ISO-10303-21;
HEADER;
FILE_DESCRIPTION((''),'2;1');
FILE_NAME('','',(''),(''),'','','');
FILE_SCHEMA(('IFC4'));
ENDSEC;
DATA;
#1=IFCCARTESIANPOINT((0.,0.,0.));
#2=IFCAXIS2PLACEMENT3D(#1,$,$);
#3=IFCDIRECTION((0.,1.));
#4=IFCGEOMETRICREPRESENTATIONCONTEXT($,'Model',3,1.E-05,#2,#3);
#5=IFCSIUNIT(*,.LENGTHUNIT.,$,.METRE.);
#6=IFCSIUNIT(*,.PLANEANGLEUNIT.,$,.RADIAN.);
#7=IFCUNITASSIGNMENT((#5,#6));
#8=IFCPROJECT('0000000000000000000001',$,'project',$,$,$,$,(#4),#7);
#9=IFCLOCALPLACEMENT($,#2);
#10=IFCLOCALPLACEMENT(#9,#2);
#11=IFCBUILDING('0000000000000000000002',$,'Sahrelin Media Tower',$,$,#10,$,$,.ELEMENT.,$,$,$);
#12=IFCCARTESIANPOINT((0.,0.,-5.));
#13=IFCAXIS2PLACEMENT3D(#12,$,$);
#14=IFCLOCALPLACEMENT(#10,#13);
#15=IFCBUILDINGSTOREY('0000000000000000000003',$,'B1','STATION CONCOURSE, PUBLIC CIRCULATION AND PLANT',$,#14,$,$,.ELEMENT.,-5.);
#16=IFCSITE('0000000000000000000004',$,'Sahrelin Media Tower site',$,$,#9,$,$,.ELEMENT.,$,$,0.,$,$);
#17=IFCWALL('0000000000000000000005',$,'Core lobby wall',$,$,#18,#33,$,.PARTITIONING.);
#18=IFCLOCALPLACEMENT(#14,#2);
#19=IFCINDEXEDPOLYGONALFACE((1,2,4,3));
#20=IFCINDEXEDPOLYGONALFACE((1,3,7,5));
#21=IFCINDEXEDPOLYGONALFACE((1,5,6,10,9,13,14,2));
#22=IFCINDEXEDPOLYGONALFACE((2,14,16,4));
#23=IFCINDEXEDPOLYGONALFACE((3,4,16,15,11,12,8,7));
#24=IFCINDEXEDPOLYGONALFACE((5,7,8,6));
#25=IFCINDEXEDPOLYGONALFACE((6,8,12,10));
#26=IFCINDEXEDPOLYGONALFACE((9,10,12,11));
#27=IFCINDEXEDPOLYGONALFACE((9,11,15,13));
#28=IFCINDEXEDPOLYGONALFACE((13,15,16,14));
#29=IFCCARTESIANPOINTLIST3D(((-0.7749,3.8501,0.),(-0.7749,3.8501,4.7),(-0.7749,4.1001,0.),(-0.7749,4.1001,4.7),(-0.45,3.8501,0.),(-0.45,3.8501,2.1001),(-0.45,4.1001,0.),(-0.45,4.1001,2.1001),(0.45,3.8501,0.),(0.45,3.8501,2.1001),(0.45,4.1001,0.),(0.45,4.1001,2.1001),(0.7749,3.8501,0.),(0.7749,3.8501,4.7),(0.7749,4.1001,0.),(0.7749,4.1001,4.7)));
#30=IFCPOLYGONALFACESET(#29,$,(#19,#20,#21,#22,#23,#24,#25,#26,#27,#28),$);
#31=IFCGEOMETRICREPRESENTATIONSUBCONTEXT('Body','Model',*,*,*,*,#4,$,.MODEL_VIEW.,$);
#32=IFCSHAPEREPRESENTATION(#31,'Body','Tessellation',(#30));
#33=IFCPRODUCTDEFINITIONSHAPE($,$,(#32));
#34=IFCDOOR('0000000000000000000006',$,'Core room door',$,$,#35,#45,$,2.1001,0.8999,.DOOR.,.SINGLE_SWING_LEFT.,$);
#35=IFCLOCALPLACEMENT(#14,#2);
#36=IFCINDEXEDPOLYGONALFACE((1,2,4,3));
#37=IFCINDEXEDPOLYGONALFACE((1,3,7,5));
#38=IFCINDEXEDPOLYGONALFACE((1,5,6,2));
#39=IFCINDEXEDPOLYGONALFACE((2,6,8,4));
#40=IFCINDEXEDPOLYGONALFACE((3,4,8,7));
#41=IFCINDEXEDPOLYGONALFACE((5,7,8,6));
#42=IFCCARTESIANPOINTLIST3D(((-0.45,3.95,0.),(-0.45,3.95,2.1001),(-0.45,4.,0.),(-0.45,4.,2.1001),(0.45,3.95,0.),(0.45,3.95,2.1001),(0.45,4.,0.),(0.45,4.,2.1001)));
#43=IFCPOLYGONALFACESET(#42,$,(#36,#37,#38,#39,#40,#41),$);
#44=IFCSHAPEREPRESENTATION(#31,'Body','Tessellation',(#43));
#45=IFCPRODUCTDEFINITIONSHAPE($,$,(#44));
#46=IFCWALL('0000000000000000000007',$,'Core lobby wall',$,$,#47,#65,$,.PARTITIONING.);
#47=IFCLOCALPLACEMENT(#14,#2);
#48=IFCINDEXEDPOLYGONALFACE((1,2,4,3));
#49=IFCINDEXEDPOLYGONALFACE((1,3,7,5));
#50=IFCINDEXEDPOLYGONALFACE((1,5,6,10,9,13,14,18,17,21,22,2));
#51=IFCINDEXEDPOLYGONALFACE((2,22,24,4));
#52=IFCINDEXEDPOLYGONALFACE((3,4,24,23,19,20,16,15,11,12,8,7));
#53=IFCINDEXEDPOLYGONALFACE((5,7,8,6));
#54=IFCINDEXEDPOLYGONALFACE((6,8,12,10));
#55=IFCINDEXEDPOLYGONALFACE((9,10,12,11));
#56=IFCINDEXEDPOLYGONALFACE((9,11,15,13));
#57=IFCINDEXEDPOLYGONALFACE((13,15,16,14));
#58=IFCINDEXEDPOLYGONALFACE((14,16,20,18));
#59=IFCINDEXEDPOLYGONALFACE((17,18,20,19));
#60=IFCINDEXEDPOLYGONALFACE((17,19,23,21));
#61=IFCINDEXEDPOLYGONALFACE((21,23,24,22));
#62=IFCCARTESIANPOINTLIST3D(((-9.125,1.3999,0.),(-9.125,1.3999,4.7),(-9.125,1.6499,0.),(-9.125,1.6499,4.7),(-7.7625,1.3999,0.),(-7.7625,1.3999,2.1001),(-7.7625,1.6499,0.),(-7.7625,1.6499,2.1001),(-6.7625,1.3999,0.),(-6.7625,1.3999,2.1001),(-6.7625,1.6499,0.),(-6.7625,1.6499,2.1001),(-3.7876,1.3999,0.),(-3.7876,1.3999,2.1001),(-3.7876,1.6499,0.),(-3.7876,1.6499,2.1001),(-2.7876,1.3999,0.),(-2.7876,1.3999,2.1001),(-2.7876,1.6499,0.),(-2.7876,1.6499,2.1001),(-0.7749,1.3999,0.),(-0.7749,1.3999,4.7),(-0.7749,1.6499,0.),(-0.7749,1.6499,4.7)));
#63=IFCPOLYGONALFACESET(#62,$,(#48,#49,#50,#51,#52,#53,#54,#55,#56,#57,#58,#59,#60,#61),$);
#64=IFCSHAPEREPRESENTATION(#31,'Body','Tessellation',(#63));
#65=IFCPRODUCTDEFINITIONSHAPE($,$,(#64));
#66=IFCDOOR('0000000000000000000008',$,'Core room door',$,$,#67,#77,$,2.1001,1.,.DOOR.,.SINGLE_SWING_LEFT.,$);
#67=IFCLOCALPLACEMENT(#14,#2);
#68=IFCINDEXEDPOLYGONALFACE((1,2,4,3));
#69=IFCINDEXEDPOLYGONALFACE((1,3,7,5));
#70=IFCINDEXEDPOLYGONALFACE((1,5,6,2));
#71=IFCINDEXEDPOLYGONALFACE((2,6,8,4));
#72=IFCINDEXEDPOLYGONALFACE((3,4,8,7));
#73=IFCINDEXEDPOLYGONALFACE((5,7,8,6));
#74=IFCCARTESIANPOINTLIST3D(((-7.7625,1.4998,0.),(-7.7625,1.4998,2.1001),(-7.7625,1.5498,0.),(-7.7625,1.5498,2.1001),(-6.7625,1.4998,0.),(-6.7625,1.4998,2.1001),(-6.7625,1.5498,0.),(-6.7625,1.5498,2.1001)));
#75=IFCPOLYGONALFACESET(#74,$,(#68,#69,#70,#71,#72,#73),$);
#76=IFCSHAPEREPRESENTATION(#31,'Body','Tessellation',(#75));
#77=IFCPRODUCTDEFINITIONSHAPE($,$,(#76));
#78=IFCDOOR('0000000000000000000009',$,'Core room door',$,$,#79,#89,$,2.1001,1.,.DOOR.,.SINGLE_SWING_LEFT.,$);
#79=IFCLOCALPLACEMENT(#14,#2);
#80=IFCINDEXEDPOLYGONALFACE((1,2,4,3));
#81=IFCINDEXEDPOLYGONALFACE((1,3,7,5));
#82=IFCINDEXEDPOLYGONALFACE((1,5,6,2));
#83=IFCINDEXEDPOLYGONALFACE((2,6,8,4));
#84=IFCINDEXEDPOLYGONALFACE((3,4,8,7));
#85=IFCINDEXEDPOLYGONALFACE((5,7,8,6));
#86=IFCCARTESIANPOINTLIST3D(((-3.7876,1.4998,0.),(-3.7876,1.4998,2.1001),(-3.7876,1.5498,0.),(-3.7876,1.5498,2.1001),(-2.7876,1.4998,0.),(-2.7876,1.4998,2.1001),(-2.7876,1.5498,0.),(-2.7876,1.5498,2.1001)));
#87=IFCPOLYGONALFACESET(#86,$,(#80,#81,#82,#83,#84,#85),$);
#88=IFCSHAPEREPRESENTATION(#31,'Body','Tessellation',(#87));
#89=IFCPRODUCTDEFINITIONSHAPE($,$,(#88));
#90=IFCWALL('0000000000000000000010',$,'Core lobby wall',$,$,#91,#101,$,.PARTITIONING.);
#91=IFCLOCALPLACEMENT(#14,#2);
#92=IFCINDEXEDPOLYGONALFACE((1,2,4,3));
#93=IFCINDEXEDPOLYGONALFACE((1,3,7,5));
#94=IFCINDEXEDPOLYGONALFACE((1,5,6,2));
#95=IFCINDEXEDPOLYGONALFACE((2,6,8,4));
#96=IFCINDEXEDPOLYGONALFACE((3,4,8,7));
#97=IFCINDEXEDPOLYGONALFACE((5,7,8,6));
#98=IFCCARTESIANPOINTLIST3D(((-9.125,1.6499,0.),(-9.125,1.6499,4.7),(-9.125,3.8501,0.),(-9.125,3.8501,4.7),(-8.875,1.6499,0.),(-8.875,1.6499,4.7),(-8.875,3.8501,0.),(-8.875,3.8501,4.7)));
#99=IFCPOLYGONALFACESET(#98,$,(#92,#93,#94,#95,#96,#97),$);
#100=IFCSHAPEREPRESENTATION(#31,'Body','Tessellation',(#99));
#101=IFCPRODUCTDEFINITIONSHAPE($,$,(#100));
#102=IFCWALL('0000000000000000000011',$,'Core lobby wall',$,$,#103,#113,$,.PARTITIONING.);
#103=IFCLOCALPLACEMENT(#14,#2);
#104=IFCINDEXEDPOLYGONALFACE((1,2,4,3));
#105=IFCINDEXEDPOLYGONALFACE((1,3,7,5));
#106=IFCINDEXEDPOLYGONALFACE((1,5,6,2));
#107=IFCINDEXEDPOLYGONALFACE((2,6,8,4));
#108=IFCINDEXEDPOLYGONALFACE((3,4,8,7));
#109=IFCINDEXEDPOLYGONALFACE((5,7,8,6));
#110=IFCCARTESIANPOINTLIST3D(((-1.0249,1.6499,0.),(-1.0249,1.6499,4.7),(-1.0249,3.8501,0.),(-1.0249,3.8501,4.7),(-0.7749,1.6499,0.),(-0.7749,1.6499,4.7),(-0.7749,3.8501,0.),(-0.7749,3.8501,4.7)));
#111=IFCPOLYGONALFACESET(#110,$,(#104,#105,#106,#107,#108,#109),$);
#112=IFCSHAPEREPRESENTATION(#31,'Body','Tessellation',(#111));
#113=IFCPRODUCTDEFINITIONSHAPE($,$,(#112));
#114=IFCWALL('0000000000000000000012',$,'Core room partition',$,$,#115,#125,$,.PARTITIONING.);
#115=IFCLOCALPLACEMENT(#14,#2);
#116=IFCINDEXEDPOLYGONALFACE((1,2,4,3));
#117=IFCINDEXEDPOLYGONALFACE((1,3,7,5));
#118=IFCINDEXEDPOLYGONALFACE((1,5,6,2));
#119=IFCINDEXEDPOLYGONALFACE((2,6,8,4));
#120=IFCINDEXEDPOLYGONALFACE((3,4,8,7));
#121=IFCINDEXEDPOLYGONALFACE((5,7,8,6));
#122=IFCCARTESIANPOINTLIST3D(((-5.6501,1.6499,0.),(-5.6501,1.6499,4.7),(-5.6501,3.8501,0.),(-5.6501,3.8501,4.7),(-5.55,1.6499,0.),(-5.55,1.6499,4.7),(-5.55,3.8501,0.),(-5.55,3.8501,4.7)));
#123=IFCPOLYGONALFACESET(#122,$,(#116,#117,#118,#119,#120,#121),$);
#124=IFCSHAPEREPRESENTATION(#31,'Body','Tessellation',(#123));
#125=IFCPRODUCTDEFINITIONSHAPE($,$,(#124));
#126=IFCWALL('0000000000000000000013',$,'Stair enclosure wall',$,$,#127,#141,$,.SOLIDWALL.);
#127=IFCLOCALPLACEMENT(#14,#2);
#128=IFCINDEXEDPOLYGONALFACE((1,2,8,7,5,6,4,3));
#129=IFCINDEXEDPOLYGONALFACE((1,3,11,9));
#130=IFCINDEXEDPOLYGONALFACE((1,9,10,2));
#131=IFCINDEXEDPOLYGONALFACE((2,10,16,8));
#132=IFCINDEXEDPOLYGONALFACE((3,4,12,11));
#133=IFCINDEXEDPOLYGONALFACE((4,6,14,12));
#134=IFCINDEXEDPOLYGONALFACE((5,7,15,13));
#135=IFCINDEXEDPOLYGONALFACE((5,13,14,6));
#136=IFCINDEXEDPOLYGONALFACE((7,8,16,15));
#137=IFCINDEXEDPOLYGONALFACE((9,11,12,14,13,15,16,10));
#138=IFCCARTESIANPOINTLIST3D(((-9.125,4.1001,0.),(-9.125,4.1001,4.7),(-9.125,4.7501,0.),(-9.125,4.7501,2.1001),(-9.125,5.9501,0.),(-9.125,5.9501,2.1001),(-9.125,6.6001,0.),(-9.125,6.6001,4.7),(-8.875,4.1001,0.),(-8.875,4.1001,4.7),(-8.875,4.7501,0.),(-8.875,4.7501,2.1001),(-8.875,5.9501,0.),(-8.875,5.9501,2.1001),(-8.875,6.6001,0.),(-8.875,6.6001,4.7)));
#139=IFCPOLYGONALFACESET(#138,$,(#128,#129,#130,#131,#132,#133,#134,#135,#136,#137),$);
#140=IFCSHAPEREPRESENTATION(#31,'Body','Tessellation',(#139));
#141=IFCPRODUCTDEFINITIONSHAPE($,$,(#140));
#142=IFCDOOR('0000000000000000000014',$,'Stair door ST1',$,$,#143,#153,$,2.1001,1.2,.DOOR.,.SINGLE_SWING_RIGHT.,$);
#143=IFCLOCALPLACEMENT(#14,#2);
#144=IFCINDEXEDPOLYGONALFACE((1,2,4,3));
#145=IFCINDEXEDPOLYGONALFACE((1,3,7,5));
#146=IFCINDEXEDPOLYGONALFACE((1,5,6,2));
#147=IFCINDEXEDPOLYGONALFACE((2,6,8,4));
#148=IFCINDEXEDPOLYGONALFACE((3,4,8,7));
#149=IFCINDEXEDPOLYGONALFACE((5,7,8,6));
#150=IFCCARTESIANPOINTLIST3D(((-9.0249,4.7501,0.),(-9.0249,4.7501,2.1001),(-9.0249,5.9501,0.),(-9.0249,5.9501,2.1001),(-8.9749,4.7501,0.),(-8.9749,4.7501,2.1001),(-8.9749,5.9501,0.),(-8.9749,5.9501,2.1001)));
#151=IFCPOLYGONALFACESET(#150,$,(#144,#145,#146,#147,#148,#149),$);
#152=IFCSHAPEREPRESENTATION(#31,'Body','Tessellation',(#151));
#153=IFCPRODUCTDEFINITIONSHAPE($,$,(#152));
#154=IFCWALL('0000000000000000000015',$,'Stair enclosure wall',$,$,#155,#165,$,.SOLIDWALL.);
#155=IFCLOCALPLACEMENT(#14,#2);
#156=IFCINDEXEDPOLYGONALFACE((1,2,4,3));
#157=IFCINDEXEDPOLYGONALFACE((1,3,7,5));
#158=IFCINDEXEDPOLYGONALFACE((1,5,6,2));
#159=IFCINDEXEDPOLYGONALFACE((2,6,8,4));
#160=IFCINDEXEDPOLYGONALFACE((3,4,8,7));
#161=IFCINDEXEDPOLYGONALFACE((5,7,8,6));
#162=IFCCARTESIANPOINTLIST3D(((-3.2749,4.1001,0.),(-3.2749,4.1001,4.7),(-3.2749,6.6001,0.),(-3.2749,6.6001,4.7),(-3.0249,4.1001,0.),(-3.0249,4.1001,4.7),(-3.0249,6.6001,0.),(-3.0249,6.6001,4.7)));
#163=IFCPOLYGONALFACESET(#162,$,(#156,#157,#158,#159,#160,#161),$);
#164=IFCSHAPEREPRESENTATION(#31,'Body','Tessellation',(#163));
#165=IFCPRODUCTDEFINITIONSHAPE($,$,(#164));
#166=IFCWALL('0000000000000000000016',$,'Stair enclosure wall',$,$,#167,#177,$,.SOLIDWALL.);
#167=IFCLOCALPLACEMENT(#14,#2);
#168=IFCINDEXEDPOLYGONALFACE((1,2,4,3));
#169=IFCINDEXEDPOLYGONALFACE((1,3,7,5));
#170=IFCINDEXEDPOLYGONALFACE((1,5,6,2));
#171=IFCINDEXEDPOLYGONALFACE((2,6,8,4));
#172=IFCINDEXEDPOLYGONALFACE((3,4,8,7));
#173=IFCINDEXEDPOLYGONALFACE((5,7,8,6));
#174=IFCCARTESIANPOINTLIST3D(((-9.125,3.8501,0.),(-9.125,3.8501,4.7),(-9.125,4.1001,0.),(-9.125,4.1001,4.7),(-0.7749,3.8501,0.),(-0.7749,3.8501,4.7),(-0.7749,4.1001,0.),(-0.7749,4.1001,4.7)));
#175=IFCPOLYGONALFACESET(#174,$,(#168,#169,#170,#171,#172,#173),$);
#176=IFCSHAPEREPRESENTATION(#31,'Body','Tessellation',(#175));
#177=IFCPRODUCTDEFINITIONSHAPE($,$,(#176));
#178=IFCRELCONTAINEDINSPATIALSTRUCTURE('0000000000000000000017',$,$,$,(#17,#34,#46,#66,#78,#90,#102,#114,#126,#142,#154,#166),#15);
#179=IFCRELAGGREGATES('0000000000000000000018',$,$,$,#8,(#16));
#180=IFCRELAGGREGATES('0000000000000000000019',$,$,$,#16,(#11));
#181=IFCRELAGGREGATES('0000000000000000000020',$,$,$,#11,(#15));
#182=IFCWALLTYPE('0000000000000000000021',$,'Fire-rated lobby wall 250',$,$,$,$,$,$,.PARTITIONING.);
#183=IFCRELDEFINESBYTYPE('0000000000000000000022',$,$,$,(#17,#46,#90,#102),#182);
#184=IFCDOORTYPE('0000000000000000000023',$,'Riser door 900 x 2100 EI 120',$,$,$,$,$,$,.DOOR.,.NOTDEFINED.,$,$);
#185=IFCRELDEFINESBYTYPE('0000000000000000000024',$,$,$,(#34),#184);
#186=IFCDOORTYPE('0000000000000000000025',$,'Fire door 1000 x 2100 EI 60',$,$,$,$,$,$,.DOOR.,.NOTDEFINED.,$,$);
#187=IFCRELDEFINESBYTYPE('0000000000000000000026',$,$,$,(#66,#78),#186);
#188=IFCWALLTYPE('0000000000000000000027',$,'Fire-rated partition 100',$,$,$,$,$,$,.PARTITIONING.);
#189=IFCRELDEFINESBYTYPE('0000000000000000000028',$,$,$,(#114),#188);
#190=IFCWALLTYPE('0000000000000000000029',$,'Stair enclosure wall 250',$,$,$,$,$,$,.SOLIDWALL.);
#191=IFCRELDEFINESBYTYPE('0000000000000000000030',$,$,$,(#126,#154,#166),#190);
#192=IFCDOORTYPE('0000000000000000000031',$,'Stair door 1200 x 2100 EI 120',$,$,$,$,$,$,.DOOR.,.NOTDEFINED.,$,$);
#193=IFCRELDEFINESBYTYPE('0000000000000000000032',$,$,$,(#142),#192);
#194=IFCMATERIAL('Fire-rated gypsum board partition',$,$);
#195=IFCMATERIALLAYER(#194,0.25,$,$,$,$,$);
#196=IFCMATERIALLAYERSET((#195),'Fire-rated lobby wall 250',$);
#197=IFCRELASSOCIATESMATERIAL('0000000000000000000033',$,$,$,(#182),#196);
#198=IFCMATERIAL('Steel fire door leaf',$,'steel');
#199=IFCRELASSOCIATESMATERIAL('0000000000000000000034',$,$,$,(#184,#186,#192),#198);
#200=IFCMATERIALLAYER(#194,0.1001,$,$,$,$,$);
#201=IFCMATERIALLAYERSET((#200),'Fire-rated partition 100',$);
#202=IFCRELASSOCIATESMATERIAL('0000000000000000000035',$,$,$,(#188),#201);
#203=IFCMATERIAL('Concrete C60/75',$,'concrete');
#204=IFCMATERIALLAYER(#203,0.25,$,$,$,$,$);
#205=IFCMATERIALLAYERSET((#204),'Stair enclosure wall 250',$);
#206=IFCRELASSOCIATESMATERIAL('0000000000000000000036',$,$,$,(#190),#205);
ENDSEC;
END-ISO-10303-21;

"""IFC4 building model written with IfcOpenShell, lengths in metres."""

from ifc_helpers import new_model, si_unit, direction, frame, frame_2d, origin, place, context, subcontext, project, spatial, rectangle, extrude, material, layer, layer_set, type_object, element, fill, save


model = new_model("IFC4")

# Units and contexts
model_context = context("Model", 3, precision=1e-05, world=origin(), true_north=direction((0.0, 1.0)))
body_context = subcontext(model_context, "Body", "Model", "MODEL_VIEW")
ifc_project = project(units=[si_unit("LENGTHUNIT", "METRE"), si_unit("PLANEANGLEUNIT", "RADIAN")], contexts=[model_context])

# Site, building, storey
site_placement = place(None, origin())
site = spatial("IfcSite", under=ifc_project, at=site_placement, Name="Sahrelin Media Tower site", CompositionType="ELEMENT", RefElevation=0.0)
building_placement = place(site_placement, origin())
building = spatial("IfcBuilding", under=site, at=building_placement, Name="Sahrelin Media Tower", CompositionType="ELEMENT")
storey_placement = place(building_placement, frame((0.0, 0.0, -5.0)))
storey = spatial("IfcBuildingStorey", under=building, at=storey_placement, Name="B1", Description="STATION CONCOURSE, PUBLIC CIRCULATION AND PLANT", CompositionType="ELEMENT", Elevation=-5.0)

# Shared definitions
ifc_material_1 = material(Name="Concrete C60/75", Category="concrete")

# Wall, opening, door
ifc_material_2 = material(Name="Fire-rated gypsum board partition")
ifc_layer_1 = layer(ifc_material_2, 0.25)
ifc_layer_set_1 = layer_set([ifc_layer_1], Name="Fire-rated lobby wall 250")
wall_type_1 = type_object("IfcWallType", Name="Fire-rated lobby wall 250", PredefinedType="PARTITIONING", material=ifc_layer_set_1)
wall_1_placement = place(storey_placement, frame((-0.7749, 3.9751, 0.0), z_axis=(0.0, 0.0, 1.0), x_axis=(1.0, 0.0, 0.0)))
wall_1 = element("IfcWall", 1, at=wall_1_placement, inside=storey, type_object=wall_type_1, Name="Core lobby wall", PredefinedType="PARTITIONING", context=body_context, shape_type="SweptSolid", body=[
    extrude(rectangle(XDim=1.5498, YDim=0.25, at=frame_2d((0.7749, 0.0))), origin(), (0.0, 0.0, 1.0), 4.7),
])
opening_1_placement = place(wall_1_placement, frame((0.325, 0.0, 0.0)))
opening_1 = element("IfcOpeningElement", 2, at=opening_1_placement, cuts=wall_1, PredefinedType="OPENING", context=body_context, shape_type="SweptSolid", body=[
    extrude(rectangle(XDim=0.8999, YDim=2.1001, at=frame_2d((0.45, 1.05))), frame((0.0, 0.125, 0.0), z_axis=(0.0, -1.0, 0.0), x_axis=(1.0, 0.0, 0.0)), (0.0, 0.0, 1.0), 0.25),
])
ifc_material_3 = material(Name="Steel fire door leaf", Category="steel")
door_type_1 = type_object("IfcDoorType", Name="Riser door 900 x 2100 EI 120", OperationType="NOTDEFINED", PredefinedType="DOOR", material=ifc_material_3)
door_1_placement = place(opening_1_placement, origin())
door_1 = element("IfcDoor", 3, at=door_1_placement, inside=storey, type_object=door_type_1, Name="Core room door", OperationType="SINGLE_SWING_LEFT", OverallHeight=2.1001, OverallWidth=0.8999, PredefinedType="DOOR", context=body_context, shape_type="SweptSolid", body=[
    extrude(rectangle(XDim=0.8999, YDim=2.1001, at=frame_2d((0.45, 1.05))), frame((0.0, 0.0249, 0.0), z_axis=(0.0, -1.0, 0.0), x_axis=(1.0, 0.0, 0.0)), (0.0, 0.0, 1.0), 0.05),
])
fill(opening_1, door_1)

# Wall, openings, doors
wall_2_placement = place(storey_placement, frame((-9.125, 1.5249, 0.0), z_axis=(0.0, 0.0, 1.0), x_axis=(1.0, 0.0, 0.0)))
wall_2 = element("IfcWall", 4, at=wall_2_placement, inside=storey, type_object=wall_type_1, Name="Core lobby wall", PredefinedType="PARTITIONING", context=body_context, shape_type="SweptSolid", body=[
    extrude(rectangle(XDim=8.3501, YDim=0.25, at=frame_2d((4.175, 0.0))), origin(), (0.0, 0.0, 1.0), 4.7),
])
opening_2_placement = place(wall_2_placement, frame((1.3625, 0.0, 0.0)))
opening_2 = element("IfcOpeningElement", 5, at=opening_2_placement, cuts=wall_2, PredefinedType="OPENING", context=body_context, shape_type="SweptSolid", body=[
    extrude(rectangle(XDim=1.0, YDim=2.1001, at=frame_2d((0.5, 1.05))), frame((0.0, 0.125, 0.0), z_axis=(0.0, -1.0, 0.0), x_axis=(1.0, 0.0, 0.0)), (0.0, 0.0, 1.0), 0.25),
])
opening_3_placement = place(wall_2_placement, frame((5.3374, 0.0, 0.0)))
opening_3 = element("IfcOpeningElement", 6, at=opening_3_placement, cuts=wall_2, PredefinedType="OPENING", context=body_context, shape_type="SweptSolid", body=[
    extrude(rectangle(XDim=1.0, YDim=2.1001, at=frame_2d((0.5, 1.05))), frame((0.0, 0.125, 0.0), z_axis=(0.0, -1.0, 0.0), x_axis=(1.0, 0.0, 0.0)), (0.0, 0.0, 1.0), 0.25),
])
door_type_2 = type_object("IfcDoorType", Name="Fire door 1000 x 2100 EI 60", OperationType="NOTDEFINED", PredefinedType="DOOR", material=ifc_material_3)
door_2_placement = place(opening_2_placement, origin())
door_2 = element("IfcDoor", 7, at=door_2_placement, inside=storey, type_object=door_type_2, Name="Core room door", OperationType="SINGLE_SWING_LEFT", OverallHeight=2.1001, OverallWidth=1.0, PredefinedType="DOOR", context=body_context, shape_type="SweptSolid", body=[
    extrude(rectangle(XDim=1.0, YDim=2.1001, at=frame_2d((0.5, 1.05))), frame((0.0, 0.0249, 0.0), z_axis=(0.0, -1.0, 0.0), x_axis=(1.0, 0.0, 0.0)), (0.0, 0.0, 1.0), 0.05),
])
fill(opening_2, door_2)
door_3_placement = place(opening_3_placement, origin())
door_3 = element("IfcDoor", 8, at=door_3_placement, inside=storey, type_object=door_type_2, Name="Core room door", OperationType="SINGLE_SWING_LEFT", OverallHeight=2.1001, OverallWidth=1.0, PredefinedType="DOOR", context=body_context, shape_type="SweptSolid", body=[
    extrude(rectangle(XDim=1.0, YDim=2.1001, at=frame_2d((0.5, 1.05))), frame((0.0, 0.0249, 0.0), z_axis=(0.0, -1.0, 0.0), x_axis=(1.0, 0.0, 0.0)), (0.0, 0.0, 1.0), 0.05),
])
fill(opening_3, door_3)

# Walls
for number, where, z_axis, x_axis, name in (
    (9, (-9.0, 1.6499, 0.0), (0.0, 0.0, 1.0), (0.0, 1.0, 0.0), "Core lobby wall"),
    (10, (-0.8999, 1.6499, 0.0), (0.0, 0.0, 1.0), (0.0, 1.0, 0.0), "Core lobby wall"),
):
    element("IfcWall", number, at=place(storey_placement, frame(where, z_axis=z_axis, x_axis=x_axis)), inside=storey, type_object=wall_type_1, Name=name, PredefinedType="PARTITIONING", context=body_context, shape_type="SweptSolid", body=[
        extrude(rectangle(XDim=2.2002, YDim=0.25, at=frame_2d((1.1001, 0.0))), origin(), (0.0, 0.0, 1.0), 4.7),
    ])
ifc_layer_2 = layer(ifc_material_2, 0.1001)
ifc_layer_set_2 = layer_set([ifc_layer_2], Name="Fire-rated partition 100")
wall_type_2 = type_object("IfcWallType", Name="Fire-rated partition 100", PredefinedType="PARTITIONING", material=ifc_layer_set_2)
wall_3_placement = place(storey_placement, frame((-5.6001, 1.6499, 0.0), z_axis=(0.0, 0.0, 1.0), x_axis=(0.0, 1.0, 0.0)))
element("IfcWall", 11, at=wall_3_placement, inside=storey, type_object=wall_type_2, Name="Core room partition", PredefinedType="PARTITIONING", context=body_context, shape_type="SweptSolid", body=[
    extrude(rectangle(XDim=2.2002, YDim=0.1001, at=frame_2d((1.1001, 0.0))), origin(), (0.0, 0.0, 1.0), 4.7),
])

# Wall, opening, door
ifc_layer_3 = layer(ifc_material_1, 0.25)
ifc_layer_set_3 = layer_set([ifc_layer_3], Name="Stair enclosure wall 250")
wall_type_3 = type_object("IfcWallType", Name="Stair enclosure wall 250", PredefinedType="SOLIDWALL", material=ifc_layer_set_3)
wall_4_placement = place(storey_placement, frame((-9.0, 4.1001, 0.0), z_axis=(0.0, 0.0, 1.0), x_axis=(0.0, 1.0, 0.0)))
wall_4 = element("IfcWall", 12, at=wall_4_placement, inside=storey, type_object=wall_type_3, Name="Stair enclosure wall", PredefinedType="SOLIDWALL", context=body_context, shape_type="SweptSolid", body=[
    extrude(rectangle(XDim=2.5, YDim=0.25, at=frame_2d((1.25, 0.0))), origin(), (0.0, 0.0, 1.0), 4.7),
])
opening_4_placement = place(wall_4_placement, frame((0.6499, 0.0, 0.0)))
opening_4 = element("IfcOpeningElement", 13, at=opening_4_placement, cuts=wall_4, PredefinedType="OPENING", context=body_context, shape_type="SweptSolid", body=[
    extrude(rectangle(XDim=1.2, YDim=2.1001, at=frame_2d((0.6001, 1.05))), frame((0.0, 0.125, 0.0), z_axis=(0.0, -1.0, 0.0), x_axis=(1.0, 0.0, 0.0)), (0.0, 0.0, 1.0), 0.25),
])
door_type_3 = type_object("IfcDoorType", Name="Stair door 1200 x 2100 EI 120", OperationType="NOTDEFINED", PredefinedType="DOOR", material=ifc_material_3)
door_4_placement = place(opening_4_placement, origin())
door_4 = element("IfcDoor", 14, at=door_4_placement, inside=storey, type_object=door_type_3, Name="Stair door ST1", OperationType="SINGLE_SWING_RIGHT", OverallHeight=2.1001, OverallWidth=1.2, PredefinedType="DOOR", context=body_context, shape_type="SweptSolid", body=[
    extrude(rectangle(XDim=1.2, YDim=2.1001, at=frame_2d((0.6001, 1.05))), frame((0.0, 0.0249, 0.0), z_axis=(0.0, -1.0, 0.0), x_axis=(1.0, 0.0, 0.0)), (0.0, 0.0, 1.0), 0.05),
])
fill(opening_4, door_4)

# Walls
wall_5_placement = place(storey_placement, frame((-3.1499, 4.1001, 0.0), z_axis=(0.0, 0.0, 1.0), x_axis=(0.0, 1.0, 0.0)))
element("IfcWall", 15, at=wall_5_placement, inside=storey, type_object=wall_type_3, Name="Stair enclosure wall", PredefinedType="SOLIDWALL", context=body_context, shape_type="SweptSolid", body=[
    extrude(rectangle(XDim=2.5, YDim=0.25, at=frame_2d((1.25, 0.0))), origin(), (0.0, 0.0, 1.0), 4.7),
])
wall_6_placement = place(storey_placement, frame((-9.125, 3.9751, 0.0), z_axis=(0.0, 0.0, 1.0), x_axis=(1.0, 0.0, 0.0)))
element("IfcWall", 16, at=wall_6_placement, inside=storey, type_object=wall_type_3, Name="Stair enclosure wall", PredefinedType="SOLIDWALL", context=body_context, shape_type="SweptSolid", body=[
    extrude(rectangle(XDim=8.3501, YDim=0.25, at=frame_2d((4.175, 0.0))), origin(), (0.0, 0.0, 1.0), 4.7),
])

save(model, "model.ifc")
